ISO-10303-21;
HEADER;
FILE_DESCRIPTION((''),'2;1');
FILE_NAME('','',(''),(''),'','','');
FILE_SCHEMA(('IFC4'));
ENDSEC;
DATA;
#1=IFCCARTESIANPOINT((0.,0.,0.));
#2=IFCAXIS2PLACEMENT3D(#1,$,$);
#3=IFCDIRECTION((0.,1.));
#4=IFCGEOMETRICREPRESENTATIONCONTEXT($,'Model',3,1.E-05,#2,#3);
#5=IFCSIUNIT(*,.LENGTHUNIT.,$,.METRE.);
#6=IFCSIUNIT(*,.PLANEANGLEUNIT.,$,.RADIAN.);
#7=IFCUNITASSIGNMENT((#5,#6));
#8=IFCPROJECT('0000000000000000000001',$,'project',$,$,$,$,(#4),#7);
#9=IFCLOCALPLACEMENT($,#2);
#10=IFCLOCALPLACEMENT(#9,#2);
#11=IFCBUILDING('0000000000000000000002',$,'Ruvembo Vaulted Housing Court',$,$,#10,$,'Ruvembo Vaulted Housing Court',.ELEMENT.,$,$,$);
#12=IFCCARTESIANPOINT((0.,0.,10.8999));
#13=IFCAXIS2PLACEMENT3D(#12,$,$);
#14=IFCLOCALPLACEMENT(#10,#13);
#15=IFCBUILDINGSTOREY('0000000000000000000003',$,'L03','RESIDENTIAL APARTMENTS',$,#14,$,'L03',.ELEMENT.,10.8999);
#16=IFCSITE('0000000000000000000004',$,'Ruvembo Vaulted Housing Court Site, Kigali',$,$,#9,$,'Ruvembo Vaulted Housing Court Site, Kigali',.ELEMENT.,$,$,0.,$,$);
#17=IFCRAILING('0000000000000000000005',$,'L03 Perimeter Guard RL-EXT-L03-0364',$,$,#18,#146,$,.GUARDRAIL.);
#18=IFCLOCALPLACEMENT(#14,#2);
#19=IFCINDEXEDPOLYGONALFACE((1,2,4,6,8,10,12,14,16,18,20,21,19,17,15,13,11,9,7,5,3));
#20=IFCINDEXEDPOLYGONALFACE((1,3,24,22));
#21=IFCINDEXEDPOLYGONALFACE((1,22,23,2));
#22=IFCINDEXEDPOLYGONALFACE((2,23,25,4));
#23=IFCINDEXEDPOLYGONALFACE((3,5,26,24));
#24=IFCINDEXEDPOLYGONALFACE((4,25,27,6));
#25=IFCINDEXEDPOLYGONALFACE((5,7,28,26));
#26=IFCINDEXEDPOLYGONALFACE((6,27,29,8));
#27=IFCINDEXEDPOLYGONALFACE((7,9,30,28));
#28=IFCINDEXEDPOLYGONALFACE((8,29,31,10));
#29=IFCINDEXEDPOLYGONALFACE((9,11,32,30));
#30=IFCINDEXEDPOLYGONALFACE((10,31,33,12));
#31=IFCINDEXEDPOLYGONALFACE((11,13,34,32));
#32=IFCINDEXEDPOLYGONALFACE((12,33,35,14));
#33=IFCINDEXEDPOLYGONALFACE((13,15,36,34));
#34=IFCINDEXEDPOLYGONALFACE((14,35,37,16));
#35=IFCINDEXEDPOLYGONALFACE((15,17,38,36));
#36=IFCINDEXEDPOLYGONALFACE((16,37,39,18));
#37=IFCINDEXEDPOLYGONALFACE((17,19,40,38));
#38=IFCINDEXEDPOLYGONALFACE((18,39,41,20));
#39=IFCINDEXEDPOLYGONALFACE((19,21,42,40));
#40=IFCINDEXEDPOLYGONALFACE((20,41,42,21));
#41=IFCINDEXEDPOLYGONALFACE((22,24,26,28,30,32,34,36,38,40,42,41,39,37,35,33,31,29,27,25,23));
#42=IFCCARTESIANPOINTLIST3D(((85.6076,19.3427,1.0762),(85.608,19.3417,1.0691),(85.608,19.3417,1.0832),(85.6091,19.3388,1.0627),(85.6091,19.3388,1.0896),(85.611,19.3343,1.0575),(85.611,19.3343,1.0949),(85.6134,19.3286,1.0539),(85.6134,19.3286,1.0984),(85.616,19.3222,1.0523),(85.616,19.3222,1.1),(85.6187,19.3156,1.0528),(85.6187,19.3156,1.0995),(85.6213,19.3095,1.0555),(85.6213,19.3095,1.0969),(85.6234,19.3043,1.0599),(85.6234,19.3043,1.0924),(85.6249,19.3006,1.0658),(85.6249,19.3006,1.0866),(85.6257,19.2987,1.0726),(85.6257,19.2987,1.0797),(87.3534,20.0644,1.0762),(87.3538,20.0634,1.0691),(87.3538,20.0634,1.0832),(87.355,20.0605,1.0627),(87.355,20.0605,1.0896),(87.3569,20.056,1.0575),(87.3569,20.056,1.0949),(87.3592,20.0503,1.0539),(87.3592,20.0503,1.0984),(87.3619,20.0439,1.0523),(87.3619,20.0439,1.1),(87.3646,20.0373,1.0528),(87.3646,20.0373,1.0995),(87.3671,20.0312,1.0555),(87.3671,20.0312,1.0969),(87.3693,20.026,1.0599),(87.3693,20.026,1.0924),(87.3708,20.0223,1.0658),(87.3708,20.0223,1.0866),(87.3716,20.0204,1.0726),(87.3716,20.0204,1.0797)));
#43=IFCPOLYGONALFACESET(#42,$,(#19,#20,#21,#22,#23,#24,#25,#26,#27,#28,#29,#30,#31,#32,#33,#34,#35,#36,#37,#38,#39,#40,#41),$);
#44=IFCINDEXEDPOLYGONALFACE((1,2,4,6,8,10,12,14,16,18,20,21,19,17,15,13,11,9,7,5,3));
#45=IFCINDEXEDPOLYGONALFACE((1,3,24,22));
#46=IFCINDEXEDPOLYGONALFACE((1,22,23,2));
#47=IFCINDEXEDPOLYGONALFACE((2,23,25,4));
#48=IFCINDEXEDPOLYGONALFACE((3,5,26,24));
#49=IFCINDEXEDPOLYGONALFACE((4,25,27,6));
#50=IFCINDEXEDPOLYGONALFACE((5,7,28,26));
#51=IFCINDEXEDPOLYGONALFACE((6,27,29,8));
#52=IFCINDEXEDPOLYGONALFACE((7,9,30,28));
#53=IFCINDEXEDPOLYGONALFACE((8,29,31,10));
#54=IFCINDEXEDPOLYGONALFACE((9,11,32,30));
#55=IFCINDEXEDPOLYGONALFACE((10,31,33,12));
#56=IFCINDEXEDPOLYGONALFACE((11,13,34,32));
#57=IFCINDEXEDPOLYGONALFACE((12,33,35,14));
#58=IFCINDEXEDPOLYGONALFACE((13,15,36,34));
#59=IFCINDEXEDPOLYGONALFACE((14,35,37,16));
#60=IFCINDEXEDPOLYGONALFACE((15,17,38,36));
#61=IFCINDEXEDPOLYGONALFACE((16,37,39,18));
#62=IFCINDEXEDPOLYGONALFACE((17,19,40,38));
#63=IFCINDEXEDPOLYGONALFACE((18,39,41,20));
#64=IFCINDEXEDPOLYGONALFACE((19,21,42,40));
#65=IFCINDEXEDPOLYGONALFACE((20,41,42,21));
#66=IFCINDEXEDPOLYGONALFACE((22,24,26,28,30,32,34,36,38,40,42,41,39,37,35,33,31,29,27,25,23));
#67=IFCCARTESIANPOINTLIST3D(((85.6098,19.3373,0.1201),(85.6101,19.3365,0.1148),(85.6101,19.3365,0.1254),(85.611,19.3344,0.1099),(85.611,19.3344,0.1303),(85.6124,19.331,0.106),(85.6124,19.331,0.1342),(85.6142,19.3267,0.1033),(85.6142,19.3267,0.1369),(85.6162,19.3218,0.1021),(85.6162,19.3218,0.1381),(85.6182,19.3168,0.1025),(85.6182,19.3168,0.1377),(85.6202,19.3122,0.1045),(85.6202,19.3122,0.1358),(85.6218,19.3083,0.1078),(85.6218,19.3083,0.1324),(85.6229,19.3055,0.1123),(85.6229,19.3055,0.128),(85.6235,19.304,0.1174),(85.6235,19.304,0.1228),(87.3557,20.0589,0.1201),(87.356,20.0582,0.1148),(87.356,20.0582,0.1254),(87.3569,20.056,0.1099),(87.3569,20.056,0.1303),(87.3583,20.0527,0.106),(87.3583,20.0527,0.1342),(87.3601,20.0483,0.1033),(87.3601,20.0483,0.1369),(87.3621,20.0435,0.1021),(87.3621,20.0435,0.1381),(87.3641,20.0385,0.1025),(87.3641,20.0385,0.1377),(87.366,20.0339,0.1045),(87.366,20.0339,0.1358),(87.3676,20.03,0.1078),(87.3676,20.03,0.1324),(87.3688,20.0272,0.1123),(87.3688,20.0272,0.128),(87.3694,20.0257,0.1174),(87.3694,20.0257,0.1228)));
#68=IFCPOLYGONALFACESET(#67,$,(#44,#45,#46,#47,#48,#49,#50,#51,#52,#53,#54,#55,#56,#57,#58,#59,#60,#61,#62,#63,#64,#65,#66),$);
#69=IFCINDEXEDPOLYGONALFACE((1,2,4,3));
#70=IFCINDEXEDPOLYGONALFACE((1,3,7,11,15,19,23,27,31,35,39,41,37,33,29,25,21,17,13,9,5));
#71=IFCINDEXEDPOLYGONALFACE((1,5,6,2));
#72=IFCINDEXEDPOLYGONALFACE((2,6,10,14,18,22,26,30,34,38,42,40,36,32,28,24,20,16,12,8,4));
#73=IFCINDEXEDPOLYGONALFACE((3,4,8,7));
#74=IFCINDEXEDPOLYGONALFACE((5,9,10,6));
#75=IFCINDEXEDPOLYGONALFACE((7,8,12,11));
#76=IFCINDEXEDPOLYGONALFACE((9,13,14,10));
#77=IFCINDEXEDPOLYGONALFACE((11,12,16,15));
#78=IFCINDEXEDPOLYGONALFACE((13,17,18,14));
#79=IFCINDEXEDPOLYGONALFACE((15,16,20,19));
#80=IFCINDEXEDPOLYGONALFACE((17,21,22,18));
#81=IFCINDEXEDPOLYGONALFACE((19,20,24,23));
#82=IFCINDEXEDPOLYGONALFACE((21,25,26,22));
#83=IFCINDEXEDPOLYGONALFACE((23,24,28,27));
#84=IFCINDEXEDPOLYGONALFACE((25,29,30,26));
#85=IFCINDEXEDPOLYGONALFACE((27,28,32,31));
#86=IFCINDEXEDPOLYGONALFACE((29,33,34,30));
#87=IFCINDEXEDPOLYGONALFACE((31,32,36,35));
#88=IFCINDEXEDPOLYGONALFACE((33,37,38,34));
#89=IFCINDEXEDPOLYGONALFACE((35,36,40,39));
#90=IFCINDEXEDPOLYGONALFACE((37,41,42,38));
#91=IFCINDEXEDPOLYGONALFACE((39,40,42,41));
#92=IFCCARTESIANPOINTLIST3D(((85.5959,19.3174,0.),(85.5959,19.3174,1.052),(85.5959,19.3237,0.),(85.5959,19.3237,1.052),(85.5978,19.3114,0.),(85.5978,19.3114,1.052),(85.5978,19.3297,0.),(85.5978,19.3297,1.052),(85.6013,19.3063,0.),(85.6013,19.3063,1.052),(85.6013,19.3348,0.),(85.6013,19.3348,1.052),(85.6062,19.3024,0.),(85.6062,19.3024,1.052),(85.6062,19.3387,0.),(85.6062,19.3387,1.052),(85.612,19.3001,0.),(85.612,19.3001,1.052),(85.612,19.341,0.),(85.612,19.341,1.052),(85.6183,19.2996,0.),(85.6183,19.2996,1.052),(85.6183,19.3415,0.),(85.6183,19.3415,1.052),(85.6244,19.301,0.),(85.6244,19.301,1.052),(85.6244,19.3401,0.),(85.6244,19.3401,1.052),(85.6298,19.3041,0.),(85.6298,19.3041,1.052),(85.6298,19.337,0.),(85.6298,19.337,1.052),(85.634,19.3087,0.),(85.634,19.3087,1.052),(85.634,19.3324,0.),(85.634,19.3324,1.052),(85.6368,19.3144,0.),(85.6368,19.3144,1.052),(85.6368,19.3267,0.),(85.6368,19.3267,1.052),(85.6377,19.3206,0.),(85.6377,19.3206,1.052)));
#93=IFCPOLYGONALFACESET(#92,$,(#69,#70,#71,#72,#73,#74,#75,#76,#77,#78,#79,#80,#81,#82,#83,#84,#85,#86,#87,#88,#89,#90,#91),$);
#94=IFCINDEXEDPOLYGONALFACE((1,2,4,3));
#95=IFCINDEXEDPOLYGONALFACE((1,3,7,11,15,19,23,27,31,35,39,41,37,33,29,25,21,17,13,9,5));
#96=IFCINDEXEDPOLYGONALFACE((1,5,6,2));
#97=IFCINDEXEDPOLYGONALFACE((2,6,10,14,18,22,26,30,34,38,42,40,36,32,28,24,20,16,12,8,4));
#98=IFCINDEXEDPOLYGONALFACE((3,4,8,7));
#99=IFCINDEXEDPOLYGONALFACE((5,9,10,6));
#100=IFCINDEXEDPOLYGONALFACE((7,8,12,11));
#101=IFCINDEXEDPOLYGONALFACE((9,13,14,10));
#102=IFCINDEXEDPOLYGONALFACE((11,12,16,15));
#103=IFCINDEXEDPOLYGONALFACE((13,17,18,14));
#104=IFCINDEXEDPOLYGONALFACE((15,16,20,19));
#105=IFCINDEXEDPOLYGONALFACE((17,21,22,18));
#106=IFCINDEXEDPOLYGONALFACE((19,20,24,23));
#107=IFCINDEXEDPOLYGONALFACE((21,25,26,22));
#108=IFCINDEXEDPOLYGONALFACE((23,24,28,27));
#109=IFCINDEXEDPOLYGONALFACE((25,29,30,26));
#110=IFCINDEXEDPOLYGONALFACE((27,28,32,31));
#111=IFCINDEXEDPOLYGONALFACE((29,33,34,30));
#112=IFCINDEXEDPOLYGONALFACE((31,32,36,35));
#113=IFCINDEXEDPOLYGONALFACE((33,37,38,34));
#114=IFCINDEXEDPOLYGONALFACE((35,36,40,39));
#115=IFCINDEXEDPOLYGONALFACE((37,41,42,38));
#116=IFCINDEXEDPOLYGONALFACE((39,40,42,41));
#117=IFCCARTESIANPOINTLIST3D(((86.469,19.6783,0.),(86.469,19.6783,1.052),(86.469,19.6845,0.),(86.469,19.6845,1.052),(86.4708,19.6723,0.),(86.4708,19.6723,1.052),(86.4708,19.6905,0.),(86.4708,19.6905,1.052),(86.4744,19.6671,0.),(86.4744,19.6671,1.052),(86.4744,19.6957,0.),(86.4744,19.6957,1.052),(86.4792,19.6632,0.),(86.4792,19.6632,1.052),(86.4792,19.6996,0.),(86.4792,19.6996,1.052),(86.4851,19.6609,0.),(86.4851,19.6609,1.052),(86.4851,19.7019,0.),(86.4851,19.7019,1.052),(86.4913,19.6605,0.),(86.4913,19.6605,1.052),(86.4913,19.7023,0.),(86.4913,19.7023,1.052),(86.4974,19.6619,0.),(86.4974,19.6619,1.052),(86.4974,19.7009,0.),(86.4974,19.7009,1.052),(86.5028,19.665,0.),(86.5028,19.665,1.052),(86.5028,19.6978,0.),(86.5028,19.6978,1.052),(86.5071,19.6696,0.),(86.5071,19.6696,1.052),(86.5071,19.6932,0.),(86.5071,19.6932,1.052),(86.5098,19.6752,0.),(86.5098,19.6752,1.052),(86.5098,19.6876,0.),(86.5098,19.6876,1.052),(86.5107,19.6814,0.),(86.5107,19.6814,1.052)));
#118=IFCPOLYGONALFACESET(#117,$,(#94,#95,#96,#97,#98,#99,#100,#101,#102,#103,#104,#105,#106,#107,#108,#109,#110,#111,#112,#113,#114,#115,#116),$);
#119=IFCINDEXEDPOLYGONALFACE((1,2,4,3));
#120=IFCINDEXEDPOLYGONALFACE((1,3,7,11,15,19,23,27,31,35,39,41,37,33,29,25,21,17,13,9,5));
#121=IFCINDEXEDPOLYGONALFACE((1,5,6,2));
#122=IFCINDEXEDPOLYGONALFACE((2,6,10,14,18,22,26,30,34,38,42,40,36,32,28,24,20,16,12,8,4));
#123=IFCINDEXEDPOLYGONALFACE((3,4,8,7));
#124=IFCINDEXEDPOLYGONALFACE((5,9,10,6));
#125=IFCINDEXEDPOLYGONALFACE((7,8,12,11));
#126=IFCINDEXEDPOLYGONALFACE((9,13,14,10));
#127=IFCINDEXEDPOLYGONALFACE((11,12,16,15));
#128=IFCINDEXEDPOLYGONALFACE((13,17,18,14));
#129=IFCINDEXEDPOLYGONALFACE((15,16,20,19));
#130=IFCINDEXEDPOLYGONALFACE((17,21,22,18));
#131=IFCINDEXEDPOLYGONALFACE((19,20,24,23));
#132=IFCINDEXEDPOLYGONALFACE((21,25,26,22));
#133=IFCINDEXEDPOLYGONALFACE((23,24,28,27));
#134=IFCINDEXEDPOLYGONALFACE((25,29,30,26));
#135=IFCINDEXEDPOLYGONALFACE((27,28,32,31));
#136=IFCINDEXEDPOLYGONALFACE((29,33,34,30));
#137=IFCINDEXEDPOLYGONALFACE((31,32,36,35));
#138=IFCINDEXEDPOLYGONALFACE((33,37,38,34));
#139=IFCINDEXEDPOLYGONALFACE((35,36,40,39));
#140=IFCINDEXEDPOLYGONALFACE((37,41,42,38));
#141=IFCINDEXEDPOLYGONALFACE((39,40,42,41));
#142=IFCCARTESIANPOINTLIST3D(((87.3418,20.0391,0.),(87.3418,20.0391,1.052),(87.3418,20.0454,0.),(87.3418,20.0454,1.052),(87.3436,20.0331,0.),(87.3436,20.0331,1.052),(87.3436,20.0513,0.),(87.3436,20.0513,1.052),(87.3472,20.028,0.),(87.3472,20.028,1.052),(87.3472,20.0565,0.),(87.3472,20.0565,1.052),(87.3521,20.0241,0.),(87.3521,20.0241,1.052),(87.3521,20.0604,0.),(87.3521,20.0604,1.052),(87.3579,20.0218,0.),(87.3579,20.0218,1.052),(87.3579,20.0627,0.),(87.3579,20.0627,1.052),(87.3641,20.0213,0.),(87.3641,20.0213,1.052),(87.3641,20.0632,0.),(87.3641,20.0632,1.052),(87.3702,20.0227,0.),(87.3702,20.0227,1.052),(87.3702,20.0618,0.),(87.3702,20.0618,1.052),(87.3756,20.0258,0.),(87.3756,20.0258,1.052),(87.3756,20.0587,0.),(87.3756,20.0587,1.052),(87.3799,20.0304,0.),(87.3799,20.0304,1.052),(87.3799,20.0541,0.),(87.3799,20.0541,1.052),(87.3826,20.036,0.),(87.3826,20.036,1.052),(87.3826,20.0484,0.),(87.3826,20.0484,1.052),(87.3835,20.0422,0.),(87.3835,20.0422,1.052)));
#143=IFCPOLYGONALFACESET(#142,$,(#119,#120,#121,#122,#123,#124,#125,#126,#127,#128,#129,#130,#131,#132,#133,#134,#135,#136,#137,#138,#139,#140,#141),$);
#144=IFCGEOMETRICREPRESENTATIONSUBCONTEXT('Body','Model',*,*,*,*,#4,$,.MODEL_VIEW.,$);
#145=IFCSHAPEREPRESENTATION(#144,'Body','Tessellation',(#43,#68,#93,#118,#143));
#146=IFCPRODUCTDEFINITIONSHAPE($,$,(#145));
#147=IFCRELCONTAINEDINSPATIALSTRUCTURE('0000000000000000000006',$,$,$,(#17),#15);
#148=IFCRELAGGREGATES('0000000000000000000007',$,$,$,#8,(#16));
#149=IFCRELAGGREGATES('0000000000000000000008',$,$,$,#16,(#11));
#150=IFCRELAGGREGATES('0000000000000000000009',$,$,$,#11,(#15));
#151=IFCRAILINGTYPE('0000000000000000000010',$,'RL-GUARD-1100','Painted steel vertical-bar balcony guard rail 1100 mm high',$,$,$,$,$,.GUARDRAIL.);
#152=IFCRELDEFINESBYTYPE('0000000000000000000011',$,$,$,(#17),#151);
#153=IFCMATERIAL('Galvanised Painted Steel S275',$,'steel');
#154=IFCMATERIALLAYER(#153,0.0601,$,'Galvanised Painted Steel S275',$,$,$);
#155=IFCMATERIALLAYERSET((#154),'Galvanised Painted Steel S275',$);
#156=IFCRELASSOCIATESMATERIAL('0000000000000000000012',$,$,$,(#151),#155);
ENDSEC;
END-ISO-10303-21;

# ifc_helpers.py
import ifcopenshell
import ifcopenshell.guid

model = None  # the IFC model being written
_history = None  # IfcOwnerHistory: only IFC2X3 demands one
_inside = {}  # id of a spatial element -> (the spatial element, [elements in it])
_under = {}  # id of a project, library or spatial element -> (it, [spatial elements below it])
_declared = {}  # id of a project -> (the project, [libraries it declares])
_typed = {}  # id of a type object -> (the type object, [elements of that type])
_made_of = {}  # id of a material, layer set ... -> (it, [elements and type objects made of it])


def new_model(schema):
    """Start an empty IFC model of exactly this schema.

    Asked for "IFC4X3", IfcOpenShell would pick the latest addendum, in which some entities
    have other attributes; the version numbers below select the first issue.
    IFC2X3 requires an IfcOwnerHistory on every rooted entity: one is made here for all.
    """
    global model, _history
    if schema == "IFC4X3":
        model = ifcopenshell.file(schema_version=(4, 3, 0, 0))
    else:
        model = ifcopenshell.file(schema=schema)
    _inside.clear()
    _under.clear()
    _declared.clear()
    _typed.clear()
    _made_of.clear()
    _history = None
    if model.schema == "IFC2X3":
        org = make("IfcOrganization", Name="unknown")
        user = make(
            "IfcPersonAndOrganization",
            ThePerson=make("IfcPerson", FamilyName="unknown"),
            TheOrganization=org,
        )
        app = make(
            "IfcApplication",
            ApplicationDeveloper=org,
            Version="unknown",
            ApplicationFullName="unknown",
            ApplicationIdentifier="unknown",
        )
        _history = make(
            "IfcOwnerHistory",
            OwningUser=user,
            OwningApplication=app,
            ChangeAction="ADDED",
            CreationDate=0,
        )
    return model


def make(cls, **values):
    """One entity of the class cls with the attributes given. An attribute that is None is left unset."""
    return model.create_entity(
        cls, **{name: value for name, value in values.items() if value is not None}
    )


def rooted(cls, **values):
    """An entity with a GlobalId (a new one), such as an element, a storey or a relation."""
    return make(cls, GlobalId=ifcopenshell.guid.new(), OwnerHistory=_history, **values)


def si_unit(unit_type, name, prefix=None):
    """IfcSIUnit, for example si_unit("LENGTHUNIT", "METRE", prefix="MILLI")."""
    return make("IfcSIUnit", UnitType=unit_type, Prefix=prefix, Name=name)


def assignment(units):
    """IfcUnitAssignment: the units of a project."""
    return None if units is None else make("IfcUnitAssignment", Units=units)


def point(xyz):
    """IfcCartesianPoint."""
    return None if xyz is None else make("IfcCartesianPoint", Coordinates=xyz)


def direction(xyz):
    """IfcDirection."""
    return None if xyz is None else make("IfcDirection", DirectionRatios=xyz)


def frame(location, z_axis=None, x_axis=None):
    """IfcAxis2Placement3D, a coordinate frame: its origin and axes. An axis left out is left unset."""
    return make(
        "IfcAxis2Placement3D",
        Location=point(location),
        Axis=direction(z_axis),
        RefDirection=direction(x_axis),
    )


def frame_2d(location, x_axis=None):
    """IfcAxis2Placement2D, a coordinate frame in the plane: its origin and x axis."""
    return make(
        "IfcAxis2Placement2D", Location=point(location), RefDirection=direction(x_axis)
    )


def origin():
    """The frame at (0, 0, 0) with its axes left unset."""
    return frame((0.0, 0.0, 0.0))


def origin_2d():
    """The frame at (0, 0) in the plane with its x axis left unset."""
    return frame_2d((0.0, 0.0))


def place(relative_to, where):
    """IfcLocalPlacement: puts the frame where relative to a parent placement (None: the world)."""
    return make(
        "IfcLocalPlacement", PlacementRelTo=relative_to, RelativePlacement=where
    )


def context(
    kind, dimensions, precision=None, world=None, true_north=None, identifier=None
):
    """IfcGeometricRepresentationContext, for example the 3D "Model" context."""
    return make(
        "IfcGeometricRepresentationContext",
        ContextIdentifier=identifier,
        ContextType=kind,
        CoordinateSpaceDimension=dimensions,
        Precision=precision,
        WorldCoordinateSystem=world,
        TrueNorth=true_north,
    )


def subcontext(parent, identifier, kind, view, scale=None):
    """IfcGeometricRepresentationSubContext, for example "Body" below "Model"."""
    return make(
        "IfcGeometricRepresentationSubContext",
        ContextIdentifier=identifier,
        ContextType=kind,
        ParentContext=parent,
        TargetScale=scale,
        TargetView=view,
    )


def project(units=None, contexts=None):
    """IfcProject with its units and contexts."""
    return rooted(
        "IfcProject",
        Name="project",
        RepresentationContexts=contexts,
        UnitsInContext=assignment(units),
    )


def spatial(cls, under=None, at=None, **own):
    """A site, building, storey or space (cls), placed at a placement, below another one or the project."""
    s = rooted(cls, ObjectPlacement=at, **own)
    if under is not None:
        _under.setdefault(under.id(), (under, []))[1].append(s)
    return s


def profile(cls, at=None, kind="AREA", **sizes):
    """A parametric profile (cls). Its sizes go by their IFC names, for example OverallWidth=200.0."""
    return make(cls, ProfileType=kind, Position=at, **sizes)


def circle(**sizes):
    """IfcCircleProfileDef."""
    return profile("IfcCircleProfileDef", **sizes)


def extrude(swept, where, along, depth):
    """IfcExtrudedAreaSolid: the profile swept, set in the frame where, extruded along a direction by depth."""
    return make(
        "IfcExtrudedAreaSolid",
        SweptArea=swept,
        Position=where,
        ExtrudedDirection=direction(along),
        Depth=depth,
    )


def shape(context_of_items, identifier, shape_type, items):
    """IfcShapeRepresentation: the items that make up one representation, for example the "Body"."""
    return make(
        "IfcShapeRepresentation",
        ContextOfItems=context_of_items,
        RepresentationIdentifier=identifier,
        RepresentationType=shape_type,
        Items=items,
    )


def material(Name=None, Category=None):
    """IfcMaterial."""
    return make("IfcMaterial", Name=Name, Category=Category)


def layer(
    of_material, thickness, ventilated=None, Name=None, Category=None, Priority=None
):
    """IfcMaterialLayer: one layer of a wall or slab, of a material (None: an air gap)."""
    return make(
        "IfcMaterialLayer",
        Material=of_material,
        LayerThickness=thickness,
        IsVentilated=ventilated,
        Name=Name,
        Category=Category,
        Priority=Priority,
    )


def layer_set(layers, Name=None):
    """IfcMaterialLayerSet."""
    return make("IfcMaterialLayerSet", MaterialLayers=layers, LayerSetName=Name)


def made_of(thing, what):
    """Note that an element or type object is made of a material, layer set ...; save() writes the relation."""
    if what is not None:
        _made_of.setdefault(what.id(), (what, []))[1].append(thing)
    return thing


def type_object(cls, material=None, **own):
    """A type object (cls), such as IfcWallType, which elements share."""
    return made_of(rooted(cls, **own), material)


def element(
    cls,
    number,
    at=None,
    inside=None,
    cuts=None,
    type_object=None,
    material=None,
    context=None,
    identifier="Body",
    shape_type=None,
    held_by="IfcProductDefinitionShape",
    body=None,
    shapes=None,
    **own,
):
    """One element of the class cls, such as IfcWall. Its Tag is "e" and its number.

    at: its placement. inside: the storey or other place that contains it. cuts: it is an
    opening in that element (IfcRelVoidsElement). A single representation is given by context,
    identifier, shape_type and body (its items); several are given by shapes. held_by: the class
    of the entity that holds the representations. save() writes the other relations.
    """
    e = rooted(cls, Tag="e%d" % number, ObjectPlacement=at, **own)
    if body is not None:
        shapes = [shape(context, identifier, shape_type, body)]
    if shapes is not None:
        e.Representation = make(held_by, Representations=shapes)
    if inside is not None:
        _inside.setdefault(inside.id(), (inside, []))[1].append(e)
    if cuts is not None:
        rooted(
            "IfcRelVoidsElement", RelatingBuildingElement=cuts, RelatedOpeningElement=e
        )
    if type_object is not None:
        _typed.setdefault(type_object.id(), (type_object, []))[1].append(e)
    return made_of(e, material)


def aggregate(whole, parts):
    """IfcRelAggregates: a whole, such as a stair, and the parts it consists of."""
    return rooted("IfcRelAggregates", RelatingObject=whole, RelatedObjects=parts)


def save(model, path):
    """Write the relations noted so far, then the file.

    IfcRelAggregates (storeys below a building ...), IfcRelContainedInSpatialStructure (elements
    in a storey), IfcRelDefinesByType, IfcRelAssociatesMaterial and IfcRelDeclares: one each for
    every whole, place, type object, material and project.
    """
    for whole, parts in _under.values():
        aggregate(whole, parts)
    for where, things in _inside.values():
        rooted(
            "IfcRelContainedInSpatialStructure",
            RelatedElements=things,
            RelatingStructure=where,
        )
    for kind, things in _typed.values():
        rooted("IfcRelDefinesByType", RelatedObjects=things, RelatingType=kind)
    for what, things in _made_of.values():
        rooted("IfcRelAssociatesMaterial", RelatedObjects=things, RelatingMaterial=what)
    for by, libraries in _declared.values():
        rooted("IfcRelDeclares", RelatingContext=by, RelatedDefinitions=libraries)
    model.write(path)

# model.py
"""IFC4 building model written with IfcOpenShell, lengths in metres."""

from ifc_helpers import new_model, si_unit, direction, frame, origin, origin_2d, place, context, subcontext, project, spatial, circle, extrude, material, layer, layer_set, type_object, element, save


model = new_model("IFC4")

# Units and contexts
model_context = context("Model", 3, precision=1e-05, world=origin(), true_north=direction((0.0, 1.0)))
body_context = subcontext(model_context, "Body", "Model", "MODEL_VIEW")
ifc_project = project(units=[si_unit("LENGTHUNIT", "METRE"), si_unit("PLANEANGLEUNIT", "RADIAN")], contexts=[model_context])

# Site, building, storey
site_placement = place(None, origin())
site = spatial("IfcSite", under=ifc_project, at=site_placement, Name="Ruvembo Vaulted Housing Court Site, Kigali", LongName="Ruvembo Vaulted Housing Court Site, Kigali", CompositionType="ELEMENT", RefElevation=0.0)
building_placement = place(site_placement, origin())
building = spatial("IfcBuilding", under=site, at=building_placement, Name="Ruvembo Vaulted Housing Court", LongName="Ruvembo Vaulted Housing Court", CompositionType="ELEMENT")
storey_placement = place(building_placement, frame((0.0, 0.0, 10.8999)))
storey = spatial("IfcBuildingStorey", under=building, at=storey_placement, Name="L03", Description="RESIDENTIAL APARTMENTS", LongName="L03", CompositionType="ELEMENT", Elevation=10.8999)

# Railing
ifc_material_1 = material(Name="Galvanised Painted Steel S275", Category="steel")
ifc_layer = layer(ifc_material_1, 0.0601, Name="Galvanised Painted Steel S275")
ifc_layer_set = layer_set([ifc_layer], Name="Galvanised Painted Steel S275")
railing_type = type_object("IfcRailingType", Name="RL-GUARD-1100", Description="Painted steel vertical-bar balcony guard rail 1100 mm high", PredefinedType="GUARDRAIL", material=ifc_layer_set)
railing_1_placement = place(storey_placement, frame((85.6167, 19.3206, 0.0)))
element("IfcRailing", 1, at=railing_1_placement, inside=storey, type_object=railing_type, Name="L03 Perimeter Guard RL-EXT-L03-0364", PredefinedType="GUARDRAIL", context=body_context, shape_type="SweptSolid", body=[
    extrude(circle(Radius=0.0239, at=origin_2d()), frame((0.0, 0.0, 1.0762), z_axis=(0.924155, 0.382017, 0.0), x_axis=(-0.382017, 0.924155, 0.0)), (0.0, 0.0, 1.0), 1.8892),
    extrude(circle(Radius=0.0181, at=origin_2d()), frame((0.0, 0.0, 0.1201), z_axis=(0.924155, 0.382017, 0.0), x_axis=(-0.382017, 0.924155, 0.0)), (0.0, 0.0, 1.0), 1.8892),
    extrude(circle(Radius=0.021, at=origin_2d()), origin(), (0.0, 0.0, 1.0), 1.052),
    extrude(circle(Radius=0.021, at=origin_2d()), frame((0.873, 0.3608, 0.0)), (0.0, 0.0, 1.0), 1.052),
    extrude(circle(Radius=0.021, at=origin_2d()), frame((1.7458, 0.7217, 0.0)), (0.0, 0.0, 1.0), 1.052),
])

save(model, "model.ifc")
